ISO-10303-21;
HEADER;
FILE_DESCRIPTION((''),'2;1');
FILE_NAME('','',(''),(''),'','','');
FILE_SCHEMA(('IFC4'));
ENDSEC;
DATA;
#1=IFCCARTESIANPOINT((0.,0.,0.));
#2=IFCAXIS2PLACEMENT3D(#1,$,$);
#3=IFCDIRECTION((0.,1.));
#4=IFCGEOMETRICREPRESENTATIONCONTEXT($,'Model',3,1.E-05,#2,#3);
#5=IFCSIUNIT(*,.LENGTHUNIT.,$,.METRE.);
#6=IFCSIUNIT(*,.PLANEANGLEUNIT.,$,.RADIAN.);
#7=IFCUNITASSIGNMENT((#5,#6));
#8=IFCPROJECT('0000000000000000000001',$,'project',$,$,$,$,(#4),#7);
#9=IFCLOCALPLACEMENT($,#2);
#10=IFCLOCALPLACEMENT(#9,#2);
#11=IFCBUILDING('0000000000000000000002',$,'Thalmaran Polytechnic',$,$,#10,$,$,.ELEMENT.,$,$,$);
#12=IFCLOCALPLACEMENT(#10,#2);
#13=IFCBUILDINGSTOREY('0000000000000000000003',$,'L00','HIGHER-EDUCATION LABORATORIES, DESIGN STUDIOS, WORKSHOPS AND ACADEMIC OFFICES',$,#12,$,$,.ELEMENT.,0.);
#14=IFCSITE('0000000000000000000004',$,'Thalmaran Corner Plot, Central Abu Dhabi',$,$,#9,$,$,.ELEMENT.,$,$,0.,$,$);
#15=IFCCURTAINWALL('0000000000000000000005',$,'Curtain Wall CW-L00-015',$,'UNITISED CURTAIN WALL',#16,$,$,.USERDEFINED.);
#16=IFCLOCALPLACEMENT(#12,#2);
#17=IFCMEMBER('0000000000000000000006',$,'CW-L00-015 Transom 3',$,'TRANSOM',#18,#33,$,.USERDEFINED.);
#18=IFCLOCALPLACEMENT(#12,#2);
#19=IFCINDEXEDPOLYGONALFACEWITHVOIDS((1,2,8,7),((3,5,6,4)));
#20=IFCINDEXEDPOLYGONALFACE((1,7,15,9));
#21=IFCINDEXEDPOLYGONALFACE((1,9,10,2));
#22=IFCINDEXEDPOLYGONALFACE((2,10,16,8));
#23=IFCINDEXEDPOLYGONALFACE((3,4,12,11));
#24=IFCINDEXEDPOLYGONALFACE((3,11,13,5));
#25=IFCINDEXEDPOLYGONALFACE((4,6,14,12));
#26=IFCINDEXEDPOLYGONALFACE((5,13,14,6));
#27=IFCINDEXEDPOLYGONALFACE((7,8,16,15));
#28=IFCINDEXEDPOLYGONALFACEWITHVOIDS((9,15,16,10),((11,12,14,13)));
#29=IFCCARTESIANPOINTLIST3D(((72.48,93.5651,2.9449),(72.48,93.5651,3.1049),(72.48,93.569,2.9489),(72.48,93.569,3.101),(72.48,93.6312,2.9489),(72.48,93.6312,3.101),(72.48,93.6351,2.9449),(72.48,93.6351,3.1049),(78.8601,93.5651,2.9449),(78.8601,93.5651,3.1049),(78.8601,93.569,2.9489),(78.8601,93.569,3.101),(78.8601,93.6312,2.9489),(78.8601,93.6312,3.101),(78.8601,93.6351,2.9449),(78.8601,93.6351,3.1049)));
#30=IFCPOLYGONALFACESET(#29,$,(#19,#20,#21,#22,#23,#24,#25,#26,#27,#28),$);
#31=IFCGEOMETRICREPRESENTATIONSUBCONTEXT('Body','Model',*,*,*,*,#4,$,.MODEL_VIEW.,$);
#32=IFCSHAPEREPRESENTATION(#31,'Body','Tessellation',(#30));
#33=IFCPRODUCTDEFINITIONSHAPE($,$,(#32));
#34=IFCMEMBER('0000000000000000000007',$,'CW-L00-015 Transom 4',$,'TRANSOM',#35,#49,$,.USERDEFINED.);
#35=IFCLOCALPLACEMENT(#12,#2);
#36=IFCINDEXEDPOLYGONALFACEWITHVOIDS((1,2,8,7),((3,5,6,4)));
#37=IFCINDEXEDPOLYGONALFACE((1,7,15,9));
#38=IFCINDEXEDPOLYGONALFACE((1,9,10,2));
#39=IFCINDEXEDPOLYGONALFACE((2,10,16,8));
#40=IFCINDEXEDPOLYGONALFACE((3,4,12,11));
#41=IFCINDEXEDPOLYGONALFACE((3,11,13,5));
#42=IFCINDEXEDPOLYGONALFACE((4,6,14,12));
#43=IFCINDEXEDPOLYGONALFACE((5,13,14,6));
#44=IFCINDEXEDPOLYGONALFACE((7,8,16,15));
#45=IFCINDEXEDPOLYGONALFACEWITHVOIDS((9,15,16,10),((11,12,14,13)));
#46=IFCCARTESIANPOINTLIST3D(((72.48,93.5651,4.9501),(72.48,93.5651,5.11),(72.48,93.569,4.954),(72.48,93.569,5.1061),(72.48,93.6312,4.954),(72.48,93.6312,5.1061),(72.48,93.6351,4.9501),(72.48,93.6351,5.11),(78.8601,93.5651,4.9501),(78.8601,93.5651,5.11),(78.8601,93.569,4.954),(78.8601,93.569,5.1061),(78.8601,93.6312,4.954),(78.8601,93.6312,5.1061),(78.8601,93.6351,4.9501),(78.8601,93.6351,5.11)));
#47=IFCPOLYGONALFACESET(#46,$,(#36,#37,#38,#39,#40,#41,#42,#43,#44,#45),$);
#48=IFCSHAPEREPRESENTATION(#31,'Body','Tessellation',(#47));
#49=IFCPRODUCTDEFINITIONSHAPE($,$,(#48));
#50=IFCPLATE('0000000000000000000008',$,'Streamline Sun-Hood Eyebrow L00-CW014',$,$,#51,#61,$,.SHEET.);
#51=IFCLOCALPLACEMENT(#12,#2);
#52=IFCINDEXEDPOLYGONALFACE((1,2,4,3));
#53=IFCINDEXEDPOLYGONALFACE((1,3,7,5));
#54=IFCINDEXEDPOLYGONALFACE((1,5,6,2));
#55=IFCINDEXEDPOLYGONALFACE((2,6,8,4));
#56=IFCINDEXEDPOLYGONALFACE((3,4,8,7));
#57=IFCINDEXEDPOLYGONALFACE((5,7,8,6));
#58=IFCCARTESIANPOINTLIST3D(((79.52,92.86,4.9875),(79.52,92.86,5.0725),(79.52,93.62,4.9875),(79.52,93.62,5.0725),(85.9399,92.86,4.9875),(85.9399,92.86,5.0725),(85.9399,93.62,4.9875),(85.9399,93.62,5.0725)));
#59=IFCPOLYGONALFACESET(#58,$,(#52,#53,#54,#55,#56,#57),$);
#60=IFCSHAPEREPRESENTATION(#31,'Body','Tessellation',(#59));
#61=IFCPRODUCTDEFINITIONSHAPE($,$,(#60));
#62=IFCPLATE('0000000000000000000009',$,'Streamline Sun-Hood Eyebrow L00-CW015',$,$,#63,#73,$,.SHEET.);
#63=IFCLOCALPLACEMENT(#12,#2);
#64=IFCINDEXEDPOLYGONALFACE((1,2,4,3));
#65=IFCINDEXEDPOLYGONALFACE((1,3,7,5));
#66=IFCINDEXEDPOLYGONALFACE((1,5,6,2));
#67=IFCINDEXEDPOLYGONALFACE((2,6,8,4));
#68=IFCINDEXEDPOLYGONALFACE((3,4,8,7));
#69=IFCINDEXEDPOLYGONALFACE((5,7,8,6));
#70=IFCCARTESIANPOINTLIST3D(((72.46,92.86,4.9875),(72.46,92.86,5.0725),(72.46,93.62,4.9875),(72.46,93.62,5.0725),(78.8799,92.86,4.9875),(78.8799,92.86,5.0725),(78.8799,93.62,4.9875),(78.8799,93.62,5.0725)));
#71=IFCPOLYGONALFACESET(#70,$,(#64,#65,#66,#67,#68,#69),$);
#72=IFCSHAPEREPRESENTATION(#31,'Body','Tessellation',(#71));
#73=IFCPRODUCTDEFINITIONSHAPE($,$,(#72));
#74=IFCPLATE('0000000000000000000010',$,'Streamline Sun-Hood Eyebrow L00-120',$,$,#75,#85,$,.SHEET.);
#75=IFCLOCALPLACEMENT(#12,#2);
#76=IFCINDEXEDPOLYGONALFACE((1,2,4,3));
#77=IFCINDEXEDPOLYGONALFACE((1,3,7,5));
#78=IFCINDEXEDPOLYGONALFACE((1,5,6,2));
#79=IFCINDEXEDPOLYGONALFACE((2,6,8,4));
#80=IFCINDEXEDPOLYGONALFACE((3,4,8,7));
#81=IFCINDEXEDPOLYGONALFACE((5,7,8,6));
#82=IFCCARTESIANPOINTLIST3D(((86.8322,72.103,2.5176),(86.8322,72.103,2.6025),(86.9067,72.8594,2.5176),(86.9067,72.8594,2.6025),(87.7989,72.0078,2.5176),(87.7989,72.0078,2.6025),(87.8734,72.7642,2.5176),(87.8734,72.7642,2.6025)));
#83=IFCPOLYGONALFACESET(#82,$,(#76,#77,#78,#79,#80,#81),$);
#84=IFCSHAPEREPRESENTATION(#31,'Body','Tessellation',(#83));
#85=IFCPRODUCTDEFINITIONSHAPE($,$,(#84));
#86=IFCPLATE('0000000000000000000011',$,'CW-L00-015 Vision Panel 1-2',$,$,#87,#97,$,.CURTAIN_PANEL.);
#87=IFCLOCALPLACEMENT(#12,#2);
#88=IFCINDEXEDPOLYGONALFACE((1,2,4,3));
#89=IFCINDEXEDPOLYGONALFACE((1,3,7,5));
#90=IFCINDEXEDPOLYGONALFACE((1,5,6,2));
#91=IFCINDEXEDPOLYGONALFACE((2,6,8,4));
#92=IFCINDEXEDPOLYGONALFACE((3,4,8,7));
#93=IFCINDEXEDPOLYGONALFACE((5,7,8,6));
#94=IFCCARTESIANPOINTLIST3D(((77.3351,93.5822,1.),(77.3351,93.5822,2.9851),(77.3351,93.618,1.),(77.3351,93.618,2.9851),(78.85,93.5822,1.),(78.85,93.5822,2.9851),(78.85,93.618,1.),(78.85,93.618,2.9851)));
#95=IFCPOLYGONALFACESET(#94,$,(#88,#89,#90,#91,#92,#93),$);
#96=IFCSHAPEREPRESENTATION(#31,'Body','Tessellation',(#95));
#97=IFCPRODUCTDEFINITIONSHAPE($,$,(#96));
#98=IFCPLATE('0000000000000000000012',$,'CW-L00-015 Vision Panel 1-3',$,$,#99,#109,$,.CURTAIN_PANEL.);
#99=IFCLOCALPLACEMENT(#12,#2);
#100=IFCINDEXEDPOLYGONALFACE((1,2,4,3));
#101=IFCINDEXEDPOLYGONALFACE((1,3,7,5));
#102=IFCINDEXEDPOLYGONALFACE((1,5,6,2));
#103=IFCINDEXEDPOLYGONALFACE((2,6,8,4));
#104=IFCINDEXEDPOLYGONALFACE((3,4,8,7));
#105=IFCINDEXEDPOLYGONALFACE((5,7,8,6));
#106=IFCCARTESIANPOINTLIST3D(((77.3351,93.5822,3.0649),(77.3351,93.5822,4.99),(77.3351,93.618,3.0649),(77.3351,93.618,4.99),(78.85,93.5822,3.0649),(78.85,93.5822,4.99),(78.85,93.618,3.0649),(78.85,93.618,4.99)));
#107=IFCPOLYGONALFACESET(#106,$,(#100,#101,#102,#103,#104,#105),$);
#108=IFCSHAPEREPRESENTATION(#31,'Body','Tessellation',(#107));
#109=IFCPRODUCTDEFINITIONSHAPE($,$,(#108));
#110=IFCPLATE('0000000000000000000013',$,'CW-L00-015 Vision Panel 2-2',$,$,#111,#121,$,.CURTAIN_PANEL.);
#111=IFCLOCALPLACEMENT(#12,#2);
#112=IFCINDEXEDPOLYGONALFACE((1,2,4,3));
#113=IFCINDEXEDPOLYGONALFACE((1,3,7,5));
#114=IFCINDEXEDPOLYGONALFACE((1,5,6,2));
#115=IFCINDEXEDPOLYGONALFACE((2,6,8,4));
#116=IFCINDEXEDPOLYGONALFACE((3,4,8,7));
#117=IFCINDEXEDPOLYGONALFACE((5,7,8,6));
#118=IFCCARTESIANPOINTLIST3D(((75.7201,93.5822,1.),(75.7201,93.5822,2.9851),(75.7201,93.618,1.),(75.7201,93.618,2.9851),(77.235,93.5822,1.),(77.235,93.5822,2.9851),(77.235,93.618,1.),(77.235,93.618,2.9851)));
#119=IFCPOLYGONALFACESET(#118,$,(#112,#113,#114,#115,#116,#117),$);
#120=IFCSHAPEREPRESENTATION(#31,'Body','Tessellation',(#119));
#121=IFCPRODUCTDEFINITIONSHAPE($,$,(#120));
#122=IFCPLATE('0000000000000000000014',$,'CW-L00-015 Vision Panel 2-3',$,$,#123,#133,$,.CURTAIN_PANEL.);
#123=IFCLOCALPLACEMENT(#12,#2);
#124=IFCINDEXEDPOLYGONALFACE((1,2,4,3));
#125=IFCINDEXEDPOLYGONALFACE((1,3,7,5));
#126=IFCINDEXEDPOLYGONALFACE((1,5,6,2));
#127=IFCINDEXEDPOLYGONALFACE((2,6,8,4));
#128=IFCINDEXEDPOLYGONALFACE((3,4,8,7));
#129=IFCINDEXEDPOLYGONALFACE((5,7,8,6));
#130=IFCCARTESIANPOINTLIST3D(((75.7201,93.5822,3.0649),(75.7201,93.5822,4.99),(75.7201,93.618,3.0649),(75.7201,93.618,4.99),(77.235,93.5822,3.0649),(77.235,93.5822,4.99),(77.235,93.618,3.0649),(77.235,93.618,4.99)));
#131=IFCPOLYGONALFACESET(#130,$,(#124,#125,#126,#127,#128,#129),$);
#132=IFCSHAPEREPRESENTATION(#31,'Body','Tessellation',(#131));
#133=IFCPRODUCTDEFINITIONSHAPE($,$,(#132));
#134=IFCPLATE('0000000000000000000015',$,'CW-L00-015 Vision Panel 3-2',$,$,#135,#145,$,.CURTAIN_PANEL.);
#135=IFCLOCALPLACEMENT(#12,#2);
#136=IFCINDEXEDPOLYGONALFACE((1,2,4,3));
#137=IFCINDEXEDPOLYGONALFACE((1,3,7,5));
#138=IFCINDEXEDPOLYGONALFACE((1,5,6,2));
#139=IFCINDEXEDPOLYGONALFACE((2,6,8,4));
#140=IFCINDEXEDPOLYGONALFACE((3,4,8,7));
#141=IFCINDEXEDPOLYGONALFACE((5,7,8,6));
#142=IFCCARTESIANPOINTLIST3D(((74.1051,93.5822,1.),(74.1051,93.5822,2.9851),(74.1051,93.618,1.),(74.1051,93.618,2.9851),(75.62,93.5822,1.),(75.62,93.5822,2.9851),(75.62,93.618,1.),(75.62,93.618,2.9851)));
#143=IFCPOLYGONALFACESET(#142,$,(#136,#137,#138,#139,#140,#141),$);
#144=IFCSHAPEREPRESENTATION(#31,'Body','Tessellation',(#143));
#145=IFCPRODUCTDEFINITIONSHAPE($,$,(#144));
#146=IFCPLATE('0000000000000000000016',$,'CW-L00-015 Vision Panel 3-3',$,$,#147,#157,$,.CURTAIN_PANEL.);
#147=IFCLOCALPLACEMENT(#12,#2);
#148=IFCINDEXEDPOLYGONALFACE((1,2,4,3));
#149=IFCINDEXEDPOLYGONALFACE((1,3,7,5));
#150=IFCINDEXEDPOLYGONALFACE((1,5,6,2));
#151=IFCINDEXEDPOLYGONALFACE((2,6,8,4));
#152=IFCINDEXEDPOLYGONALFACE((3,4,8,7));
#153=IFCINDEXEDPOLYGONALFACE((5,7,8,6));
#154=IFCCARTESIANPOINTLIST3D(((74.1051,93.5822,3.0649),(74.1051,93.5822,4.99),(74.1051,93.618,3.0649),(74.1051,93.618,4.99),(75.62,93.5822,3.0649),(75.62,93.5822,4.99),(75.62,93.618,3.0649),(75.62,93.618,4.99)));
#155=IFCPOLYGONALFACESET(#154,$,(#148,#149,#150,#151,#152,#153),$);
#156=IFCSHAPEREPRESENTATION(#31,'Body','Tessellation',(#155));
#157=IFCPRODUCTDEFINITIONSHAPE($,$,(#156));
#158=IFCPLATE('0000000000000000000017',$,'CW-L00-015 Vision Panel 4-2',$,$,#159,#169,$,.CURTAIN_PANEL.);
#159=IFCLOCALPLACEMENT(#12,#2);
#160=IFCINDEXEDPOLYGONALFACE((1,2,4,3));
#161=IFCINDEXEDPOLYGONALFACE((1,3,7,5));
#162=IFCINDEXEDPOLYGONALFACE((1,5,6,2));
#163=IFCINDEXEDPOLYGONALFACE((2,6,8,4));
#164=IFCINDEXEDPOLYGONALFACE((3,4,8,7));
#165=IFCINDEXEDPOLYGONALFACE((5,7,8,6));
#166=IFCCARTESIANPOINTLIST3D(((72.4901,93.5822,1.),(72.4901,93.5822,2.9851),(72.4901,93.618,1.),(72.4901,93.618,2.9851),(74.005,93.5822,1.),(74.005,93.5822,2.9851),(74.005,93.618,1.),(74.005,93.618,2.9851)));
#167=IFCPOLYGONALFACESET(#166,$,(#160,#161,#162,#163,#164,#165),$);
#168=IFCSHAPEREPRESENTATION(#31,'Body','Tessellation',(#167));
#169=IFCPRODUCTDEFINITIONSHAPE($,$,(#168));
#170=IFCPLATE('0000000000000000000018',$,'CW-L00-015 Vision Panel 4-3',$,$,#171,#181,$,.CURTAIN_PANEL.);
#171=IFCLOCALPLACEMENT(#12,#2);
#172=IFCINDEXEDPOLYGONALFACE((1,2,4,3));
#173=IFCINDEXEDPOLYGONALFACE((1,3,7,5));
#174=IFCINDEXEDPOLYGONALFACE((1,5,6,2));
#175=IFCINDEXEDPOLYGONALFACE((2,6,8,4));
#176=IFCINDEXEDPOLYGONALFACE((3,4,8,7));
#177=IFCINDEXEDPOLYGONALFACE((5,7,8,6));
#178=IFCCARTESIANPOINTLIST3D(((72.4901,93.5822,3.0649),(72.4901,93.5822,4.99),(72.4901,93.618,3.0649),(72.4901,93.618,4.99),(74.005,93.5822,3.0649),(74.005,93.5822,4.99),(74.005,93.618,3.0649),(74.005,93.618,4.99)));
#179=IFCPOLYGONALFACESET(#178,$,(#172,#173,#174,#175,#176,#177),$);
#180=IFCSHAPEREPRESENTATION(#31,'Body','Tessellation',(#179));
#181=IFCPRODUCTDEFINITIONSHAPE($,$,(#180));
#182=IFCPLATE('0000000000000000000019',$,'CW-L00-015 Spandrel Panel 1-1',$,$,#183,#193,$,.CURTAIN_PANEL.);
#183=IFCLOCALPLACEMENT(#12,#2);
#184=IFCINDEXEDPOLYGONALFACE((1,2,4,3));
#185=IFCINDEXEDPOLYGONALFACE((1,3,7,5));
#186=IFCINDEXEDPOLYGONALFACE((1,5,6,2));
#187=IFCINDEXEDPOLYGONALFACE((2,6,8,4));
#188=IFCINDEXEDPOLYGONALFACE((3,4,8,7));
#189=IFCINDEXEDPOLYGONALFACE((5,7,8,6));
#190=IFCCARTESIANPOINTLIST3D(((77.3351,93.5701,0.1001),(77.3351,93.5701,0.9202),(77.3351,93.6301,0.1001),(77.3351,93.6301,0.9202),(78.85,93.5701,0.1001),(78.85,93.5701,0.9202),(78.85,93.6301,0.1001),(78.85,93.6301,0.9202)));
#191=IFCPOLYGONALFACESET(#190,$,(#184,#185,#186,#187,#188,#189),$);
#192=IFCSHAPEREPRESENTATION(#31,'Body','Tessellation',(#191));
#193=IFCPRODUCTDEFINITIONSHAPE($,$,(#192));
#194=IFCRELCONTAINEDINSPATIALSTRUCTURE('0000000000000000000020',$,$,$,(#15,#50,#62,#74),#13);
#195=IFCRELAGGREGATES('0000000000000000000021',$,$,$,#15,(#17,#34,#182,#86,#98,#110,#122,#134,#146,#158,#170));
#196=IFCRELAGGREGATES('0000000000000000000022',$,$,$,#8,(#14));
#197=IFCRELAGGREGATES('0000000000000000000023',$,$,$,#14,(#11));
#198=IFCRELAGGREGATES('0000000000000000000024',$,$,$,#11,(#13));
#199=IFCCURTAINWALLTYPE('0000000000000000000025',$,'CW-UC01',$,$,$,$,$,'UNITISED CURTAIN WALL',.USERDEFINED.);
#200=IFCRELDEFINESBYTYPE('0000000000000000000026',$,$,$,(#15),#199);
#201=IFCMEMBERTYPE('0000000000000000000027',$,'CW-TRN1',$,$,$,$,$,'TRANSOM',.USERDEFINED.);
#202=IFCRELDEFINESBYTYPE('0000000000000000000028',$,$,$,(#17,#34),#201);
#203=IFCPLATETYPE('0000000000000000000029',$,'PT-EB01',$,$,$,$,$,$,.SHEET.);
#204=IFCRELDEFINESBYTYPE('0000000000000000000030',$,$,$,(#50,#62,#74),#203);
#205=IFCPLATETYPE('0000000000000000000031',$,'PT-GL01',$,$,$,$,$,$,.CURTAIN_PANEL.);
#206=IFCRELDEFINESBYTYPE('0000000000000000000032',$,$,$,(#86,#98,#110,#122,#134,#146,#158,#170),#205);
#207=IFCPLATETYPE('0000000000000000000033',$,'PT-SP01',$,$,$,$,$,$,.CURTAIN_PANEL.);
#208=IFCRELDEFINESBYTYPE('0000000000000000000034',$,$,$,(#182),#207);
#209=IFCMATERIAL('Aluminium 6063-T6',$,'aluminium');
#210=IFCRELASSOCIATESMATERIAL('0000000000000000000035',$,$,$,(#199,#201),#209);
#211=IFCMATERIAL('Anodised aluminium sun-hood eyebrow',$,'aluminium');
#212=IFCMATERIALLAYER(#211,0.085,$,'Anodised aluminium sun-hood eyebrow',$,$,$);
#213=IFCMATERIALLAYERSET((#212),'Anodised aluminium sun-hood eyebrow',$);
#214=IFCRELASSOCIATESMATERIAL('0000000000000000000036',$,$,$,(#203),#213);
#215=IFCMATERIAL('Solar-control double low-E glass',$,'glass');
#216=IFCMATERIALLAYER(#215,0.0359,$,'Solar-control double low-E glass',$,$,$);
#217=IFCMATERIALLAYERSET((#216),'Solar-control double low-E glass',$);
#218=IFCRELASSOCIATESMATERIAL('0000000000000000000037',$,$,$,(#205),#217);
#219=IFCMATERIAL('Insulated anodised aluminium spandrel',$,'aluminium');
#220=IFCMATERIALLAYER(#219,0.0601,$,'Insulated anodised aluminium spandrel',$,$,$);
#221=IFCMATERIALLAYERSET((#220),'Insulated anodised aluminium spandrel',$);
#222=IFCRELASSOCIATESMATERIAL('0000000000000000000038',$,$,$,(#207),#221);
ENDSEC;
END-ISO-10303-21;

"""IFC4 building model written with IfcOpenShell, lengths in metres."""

from ifc_helpers import new_model, si_unit, direction, frame, origin, origin_2d, place, context, subcontext, project, spatial, rectangle, hollow_rectangle, extrude, material, layer, layer_set, material_profile, profile_set, type_object, element, aggregate, save


model = new_model("IFC4")

# Units and contexts
model_context = context("Model", 3, precision=1e-05, world=origin(), true_north=direction((0.0, 1.0)))
body_context = subcontext(model_context, "Body", "Model", "MODEL_VIEW")
ifc_project = project(units=[si_unit("LENGTHUNIT", "METRE"), si_unit("PLANEANGLEUNIT", "RADIAN")], contexts=[model_context])

# Site, building, storey
site_placement = place(None, origin())
site = spatial("IfcSite", under=ifc_project, at=site_placement, Name="Thalmaran Corner Plot, Central Abu Dhabi", CompositionType="ELEMENT", RefElevation=0.0)
building_placement = place(site_placement, origin())
building = spatial("IfcBuilding", under=site, at=building_placement, Name="Thalmaran Polytechnic", CompositionType="ELEMENT")
storey_placement = place(building_placement, origin())
storey = spatial("IfcBuildingStorey", under=building, at=storey_placement, Name="L00", Description="HIGHER-EDUCATION LABORATORIES, DESIGN STUDIOS, WORKSHOPS AND ACADEMIC OFFICES", CompositionType="ELEMENT", Elevation=0.0)

# Shared definitions
ifc_material_1 = material(Name="Aluminium 6063-T6", Category="aluminium")
curtain_wall_type = type_object("IfcCurtainWallType", Name="CW-UC01", ElementType="UNITISED CURTAIN WALL", PredefinedType="USERDEFINED", material=ifc_material_1)

# Curtain wall, members
curtain_wall_1_placement = place(storey_placement, origin())
curtain_wall_1 = element("IfcCurtainWall", 1, at=curtain_wall_1_placement, inside=storey, type_object=curtain_wall_type, Name="Curtain Wall CW-L00-015", ObjectType="UNITISED CURTAIN WALL", PredefinedType="USERDEFINED")
ifc_material_profile_1 = material_profile(ifc_material_1, hollow_rectangle(XDim=0.0701, YDim=0.1599, WallThickness=0.0039, at=origin_2d()), Name="AL 160x70x4.0")
ifc_profile_set_1 = profile_set([ifc_material_profile_1], Name="Aluminium 6063-T6")
member_type_1 = type_object("IfcMemberType", Name="CW-TRN1", ElementType="TRANSOM", PredefinedType="USERDEFINED", material=ifc_profile_set_1)
member_1_placement = place(storey_placement, frame((78.8601, 93.6001, 3.0249), z_axis=(-1.0, 0.0, 0.0), x_axis=(0.0, -1.0, 0.0)))
member_1 = element("IfcMember", 2, at=member_1_placement, type_object=member_type_1, Name="CW-L00-015 Transom 3", ObjectType="TRANSOM", PredefinedType="USERDEFINED", context=body_context, shape_type="SweptSolid", body=[
    extrude(hollow_rectangle(XDim=0.0701, YDim=0.1599, WallThickness=0.0039, at=origin_2d()), origin(), (0.0, 0.0, 1.0), 6.3801),
])
member_2_placement = place(storey_placement, frame((78.8601, 93.6001, 5.03), z_axis=(-1.0, 0.0, 0.0), x_axis=(0.0, -1.0, 0.0)))
member_2 = element("IfcMember", 3, at=member_2_placement, type_object=member_type_1, Name="CW-L00-015 Transom 4", ObjectType="TRANSOM", PredefinedType="USERDEFINED", context=body_context, shape_type="SweptSolid", body=[
    extrude(hollow_rectangle(XDim=0.0701, YDim=0.1599, WallThickness=0.0039, at=origin_2d()), origin(), (0.0, 0.0, 1.0), 6.3801),
])

# Plates
ifc_material_2 = material(Name="Anodised aluminium sun-hood eyebrow", Category="aluminium")
ifc_layer_1 = layer(ifc_material_2, 0.085, Name="Anodised aluminium sun-hood eyebrow")
ifc_layer_set_1 = layer_set([ifc_layer_1], Name="Anodised aluminium sun-hood eyebrow")
plate_type_1 = type_object("IfcPlateType", Name="PT-EB01", PredefinedType="SHEET", material=ifc_layer_set_1)
for number, where, z_axis, x_axis, name in (
    (4, (82.73, 93.24, 4.9875), (0.0, 0.0, 1.0), (-1.0, 0.0, 0.0), "Streamline Sun-Hood Eyebrow L00-CW014"),
    (5, (75.6699, 93.24, 4.9875), (0.0, 0.0, 1.0), (-1.0, 0.0, 0.0), "Streamline Sun-Hood Eyebrow L00-CW015"),
):
    element("IfcPlate", number, at=place(storey_placement, frame(where, z_axis=z_axis, x_axis=x_axis)), inside=storey, type_object=plate_type_1, Name=name, PredefinedType="SHEET", context=body_context, shape_type="SweptSolid", body=[
        extrude(rectangle(XDim=6.4199, YDim=0.76, at=origin_2d()), origin(), (0.0, 0.0, 1.0), 0.085),
    ])
plate_1_placement = place(storey_placement, frame((87.3528, 72.4336, 2.5176), z_axis=(0.0, 0.0, 1.0), x_axis=(0.995185, -0.098017, 0.0)))
element("IfcPlate", 6, at=plate_1_placement, inside=storey, type_object=plate_type_1, Name="Streamline Sun-Hood Eyebrow L00-120", PredefinedType="SHEET", context=body_context, shape_type="SweptSolid", body=[
    extrude(rectangle(XDim=0.9714, YDim=0.76, at=origin_2d()), origin(), (0.0, 0.0, 1.0), 0.085),
])

# Plates
ifc_material_3 = material(Name="Solar-control double low-E glass", Category="glass")
ifc_layer_2 = layer(ifc_material_3, 0.0359, Name="Solar-control double low-E glass")
ifc_layer_set_2 = layer_set([ifc_layer_2], Name="Solar-control double low-E glass")
plate_type_2 = type_object("IfcPlateType", Name="PT-GL01", PredefinedType="CURTAIN_PANEL", material=ifc_layer_set_2)
plate_2_placement = place(storey_placement, frame((78.0925, 93.6001, 1.0), z_axis=(0.0, 0.0, 1.0), x_axis=(-1.0, 0.0, 0.0)))
plate_2 = element("IfcPlate", 7, at=plate_2_placement, type_object=plate_type_2, Name="CW-L00-015 Vision Panel 1-2", PredefinedType="CURTAIN_PANEL", context=body_context, shape_type="SweptSolid", body=[
    extrude(rectangle(XDim=1.5149, YDim=0.0359, at=origin_2d()), origin(), (0.0, 0.0, 1.0), 1.9851),
])
plate_3_placement = place(storey_placement, frame((78.0925, 93.6001, 3.0649), z_axis=(0.0, 0.0, 1.0), x_axis=(-1.0, 0.0, 0.0)))
plate_3 = element("IfcPlate", 8, at=plate_3_placement, type_object=plate_type_2, Name="CW-L00-015 Vision Panel 1-3", PredefinedType="CURTAIN_PANEL", context=body_context, shape_type="SweptSolid", body=[
    extrude(rectangle(XDim=1.5149, YDim=0.0359, at=origin_2d()), origin(), (0.0, 0.0, 1.0), 1.925),
])
plate_4_placement = place(storey_placement, frame((76.4775, 93.6001, 1.0), z_axis=(0.0, 0.0, 1.0), x_axis=(-1.0, 0.0, 0.0)))
plate_4 = element("IfcPlate", 9, at=plate_4_placement, type_object=plate_type_2, Name="CW-L00-015 Vision Panel 2-2", PredefinedType="CURTAIN_PANEL", context=body_context, shape_type="SweptSolid", body=[
    extrude(rectangle(XDim=1.5149, YDim=0.0359, at=origin_2d()), origin(), (0.0, 0.0, 1.0), 1.9851),
])
plate_5_placement = place(storey_placement, frame((76.4775, 93.6001, 3.0649), z_axis=(0.0, 0.0, 1.0), x_axis=(-1.0, 0.0, 0.0)))
plate_5 = element("IfcPlate", 10, at=plate_5_placement, type_object=plate_type_2, Name="CW-L00-015 Vision Panel 2-3", PredefinedType="CURTAIN_PANEL", context=body_context, shape_type="SweptSolid", body=[
    extrude(rectangle(XDim=1.5149, YDim=0.0359, at=origin_2d()), origin(), (0.0, 0.0, 1.0), 1.925),
])
plate_6_placement = place(storey_placement, frame((74.8625, 93.6001, 1.0), z_axis=(0.0, 0.0, 1.0), x_axis=(-1.0, 0.0, 0.0)))
plate_6 = element("IfcPlate", 11, at=plate_6_placement, type_object=plate_type_2, Name="CW-L00-015 Vision Panel 3-2", PredefinedType="CURTAIN_PANEL", context=body_context, shape_type="SweptSolid", body=[
    extrude(rectangle(XDim=1.5149, YDim=0.0359, at=origin_2d()), origin(), (0.0, 0.0, 1.0), 1.9851),
])
plate_7_placement = place(storey_placement, frame((74.8625, 93.6001, 3.0649), z_axis=(0.0, 0.0, 1.0), x_axis=(-1.0, 0.0, 0.0)))
plate_7 = element("IfcPlate", 12, at=plate_7_placement, type_object=plate_type_2, Name="CW-L00-015 Vision Panel 3-3", PredefinedType="CURTAIN_PANEL", context=body_context, shape_type="SweptSolid", body=[
    extrude(rectangle(XDim=1.5149, YDim=0.0359, at=origin_2d()), origin(), (0.0, 0.0, 1.0), 1.925),
])
plate_8_placement = place(storey_placement, frame((73.2476, 93.6001, 1.0), z_axis=(0.0, 0.0, 1.0), x_axis=(-1.0, 0.0, 0.0)))
plate_8 = element("IfcPlate", 13, at=plate_8_placement, type_object=plate_type_2, Name="CW-L00-015 Vision Panel 4-2", PredefinedType="CURTAIN_PANEL", context=body_context, shape_type="SweptSolid", body=[
    extrude(rectangle(XDim=1.5149, YDim=0.0359, at=origin_2d()), origin(), (0.0, 0.0, 1.0), 1.9851),
])
plate_9_placement = place(storey_placement, frame((73.2476, 93.6001, 3.0649), z_axis=(0.0, 0.0, 1.0), x_axis=(-1.0, 0.0, 0.0)))
plate_9 = element("IfcPlate", 14, at=plate_9_placement, type_object=plate_type_2, Name="CW-L00-015 Vision Panel 4-3", PredefinedType="CURTAIN_PANEL", context=body_context, shape_type="SweptSolid", body=[
    extrude(rectangle(XDim=1.5149, YDim=0.0359, at=origin_2d()), origin(), (0.0, 0.0, 1.0), 1.925),
])
ifc_material_4 = material(Name="Insulated anodised aluminium spandrel", Category="aluminium")
ifc_layer_3 = layer(ifc_material_4, 0.0601, Name="Insulated anodised aluminium spandrel")
ifc_layer_set_3 = layer_set([ifc_layer_3], Name="Insulated anodised aluminium spandrel")
plate_type_3 = type_object("IfcPlateType", Name="PT-SP01", PredefinedType="CURTAIN_PANEL", material=ifc_layer_set_3)
plate_10_placement = place(storey_placement, frame((78.0925, 93.6001, 0.1001), z_axis=(0.0, 0.0, 1.0), x_axis=(-1.0, 0.0, 0.0)))
plate_10 = element("IfcPlate", 15, at=plate_10_placement, type_object=plate_type_3, Name="CW-L00-015 Spandrel Panel 1-1", PredefinedType="CURTAIN_PANEL", context=body_context, shape_type="SweptSolid", body=[
    extrude(rectangle(XDim=1.5149, YDim=0.0601, at=origin_2d()), origin(), (0.0, 0.0, 1.0), 0.8201),
])
aggregate(curtain_wall_1, [member_1, member_2, plate_10, plate_2, plate_3, plate_4, plate_5, plate_6, plate_7, plate_8, plate_9])

save(model, "model.ifc")
